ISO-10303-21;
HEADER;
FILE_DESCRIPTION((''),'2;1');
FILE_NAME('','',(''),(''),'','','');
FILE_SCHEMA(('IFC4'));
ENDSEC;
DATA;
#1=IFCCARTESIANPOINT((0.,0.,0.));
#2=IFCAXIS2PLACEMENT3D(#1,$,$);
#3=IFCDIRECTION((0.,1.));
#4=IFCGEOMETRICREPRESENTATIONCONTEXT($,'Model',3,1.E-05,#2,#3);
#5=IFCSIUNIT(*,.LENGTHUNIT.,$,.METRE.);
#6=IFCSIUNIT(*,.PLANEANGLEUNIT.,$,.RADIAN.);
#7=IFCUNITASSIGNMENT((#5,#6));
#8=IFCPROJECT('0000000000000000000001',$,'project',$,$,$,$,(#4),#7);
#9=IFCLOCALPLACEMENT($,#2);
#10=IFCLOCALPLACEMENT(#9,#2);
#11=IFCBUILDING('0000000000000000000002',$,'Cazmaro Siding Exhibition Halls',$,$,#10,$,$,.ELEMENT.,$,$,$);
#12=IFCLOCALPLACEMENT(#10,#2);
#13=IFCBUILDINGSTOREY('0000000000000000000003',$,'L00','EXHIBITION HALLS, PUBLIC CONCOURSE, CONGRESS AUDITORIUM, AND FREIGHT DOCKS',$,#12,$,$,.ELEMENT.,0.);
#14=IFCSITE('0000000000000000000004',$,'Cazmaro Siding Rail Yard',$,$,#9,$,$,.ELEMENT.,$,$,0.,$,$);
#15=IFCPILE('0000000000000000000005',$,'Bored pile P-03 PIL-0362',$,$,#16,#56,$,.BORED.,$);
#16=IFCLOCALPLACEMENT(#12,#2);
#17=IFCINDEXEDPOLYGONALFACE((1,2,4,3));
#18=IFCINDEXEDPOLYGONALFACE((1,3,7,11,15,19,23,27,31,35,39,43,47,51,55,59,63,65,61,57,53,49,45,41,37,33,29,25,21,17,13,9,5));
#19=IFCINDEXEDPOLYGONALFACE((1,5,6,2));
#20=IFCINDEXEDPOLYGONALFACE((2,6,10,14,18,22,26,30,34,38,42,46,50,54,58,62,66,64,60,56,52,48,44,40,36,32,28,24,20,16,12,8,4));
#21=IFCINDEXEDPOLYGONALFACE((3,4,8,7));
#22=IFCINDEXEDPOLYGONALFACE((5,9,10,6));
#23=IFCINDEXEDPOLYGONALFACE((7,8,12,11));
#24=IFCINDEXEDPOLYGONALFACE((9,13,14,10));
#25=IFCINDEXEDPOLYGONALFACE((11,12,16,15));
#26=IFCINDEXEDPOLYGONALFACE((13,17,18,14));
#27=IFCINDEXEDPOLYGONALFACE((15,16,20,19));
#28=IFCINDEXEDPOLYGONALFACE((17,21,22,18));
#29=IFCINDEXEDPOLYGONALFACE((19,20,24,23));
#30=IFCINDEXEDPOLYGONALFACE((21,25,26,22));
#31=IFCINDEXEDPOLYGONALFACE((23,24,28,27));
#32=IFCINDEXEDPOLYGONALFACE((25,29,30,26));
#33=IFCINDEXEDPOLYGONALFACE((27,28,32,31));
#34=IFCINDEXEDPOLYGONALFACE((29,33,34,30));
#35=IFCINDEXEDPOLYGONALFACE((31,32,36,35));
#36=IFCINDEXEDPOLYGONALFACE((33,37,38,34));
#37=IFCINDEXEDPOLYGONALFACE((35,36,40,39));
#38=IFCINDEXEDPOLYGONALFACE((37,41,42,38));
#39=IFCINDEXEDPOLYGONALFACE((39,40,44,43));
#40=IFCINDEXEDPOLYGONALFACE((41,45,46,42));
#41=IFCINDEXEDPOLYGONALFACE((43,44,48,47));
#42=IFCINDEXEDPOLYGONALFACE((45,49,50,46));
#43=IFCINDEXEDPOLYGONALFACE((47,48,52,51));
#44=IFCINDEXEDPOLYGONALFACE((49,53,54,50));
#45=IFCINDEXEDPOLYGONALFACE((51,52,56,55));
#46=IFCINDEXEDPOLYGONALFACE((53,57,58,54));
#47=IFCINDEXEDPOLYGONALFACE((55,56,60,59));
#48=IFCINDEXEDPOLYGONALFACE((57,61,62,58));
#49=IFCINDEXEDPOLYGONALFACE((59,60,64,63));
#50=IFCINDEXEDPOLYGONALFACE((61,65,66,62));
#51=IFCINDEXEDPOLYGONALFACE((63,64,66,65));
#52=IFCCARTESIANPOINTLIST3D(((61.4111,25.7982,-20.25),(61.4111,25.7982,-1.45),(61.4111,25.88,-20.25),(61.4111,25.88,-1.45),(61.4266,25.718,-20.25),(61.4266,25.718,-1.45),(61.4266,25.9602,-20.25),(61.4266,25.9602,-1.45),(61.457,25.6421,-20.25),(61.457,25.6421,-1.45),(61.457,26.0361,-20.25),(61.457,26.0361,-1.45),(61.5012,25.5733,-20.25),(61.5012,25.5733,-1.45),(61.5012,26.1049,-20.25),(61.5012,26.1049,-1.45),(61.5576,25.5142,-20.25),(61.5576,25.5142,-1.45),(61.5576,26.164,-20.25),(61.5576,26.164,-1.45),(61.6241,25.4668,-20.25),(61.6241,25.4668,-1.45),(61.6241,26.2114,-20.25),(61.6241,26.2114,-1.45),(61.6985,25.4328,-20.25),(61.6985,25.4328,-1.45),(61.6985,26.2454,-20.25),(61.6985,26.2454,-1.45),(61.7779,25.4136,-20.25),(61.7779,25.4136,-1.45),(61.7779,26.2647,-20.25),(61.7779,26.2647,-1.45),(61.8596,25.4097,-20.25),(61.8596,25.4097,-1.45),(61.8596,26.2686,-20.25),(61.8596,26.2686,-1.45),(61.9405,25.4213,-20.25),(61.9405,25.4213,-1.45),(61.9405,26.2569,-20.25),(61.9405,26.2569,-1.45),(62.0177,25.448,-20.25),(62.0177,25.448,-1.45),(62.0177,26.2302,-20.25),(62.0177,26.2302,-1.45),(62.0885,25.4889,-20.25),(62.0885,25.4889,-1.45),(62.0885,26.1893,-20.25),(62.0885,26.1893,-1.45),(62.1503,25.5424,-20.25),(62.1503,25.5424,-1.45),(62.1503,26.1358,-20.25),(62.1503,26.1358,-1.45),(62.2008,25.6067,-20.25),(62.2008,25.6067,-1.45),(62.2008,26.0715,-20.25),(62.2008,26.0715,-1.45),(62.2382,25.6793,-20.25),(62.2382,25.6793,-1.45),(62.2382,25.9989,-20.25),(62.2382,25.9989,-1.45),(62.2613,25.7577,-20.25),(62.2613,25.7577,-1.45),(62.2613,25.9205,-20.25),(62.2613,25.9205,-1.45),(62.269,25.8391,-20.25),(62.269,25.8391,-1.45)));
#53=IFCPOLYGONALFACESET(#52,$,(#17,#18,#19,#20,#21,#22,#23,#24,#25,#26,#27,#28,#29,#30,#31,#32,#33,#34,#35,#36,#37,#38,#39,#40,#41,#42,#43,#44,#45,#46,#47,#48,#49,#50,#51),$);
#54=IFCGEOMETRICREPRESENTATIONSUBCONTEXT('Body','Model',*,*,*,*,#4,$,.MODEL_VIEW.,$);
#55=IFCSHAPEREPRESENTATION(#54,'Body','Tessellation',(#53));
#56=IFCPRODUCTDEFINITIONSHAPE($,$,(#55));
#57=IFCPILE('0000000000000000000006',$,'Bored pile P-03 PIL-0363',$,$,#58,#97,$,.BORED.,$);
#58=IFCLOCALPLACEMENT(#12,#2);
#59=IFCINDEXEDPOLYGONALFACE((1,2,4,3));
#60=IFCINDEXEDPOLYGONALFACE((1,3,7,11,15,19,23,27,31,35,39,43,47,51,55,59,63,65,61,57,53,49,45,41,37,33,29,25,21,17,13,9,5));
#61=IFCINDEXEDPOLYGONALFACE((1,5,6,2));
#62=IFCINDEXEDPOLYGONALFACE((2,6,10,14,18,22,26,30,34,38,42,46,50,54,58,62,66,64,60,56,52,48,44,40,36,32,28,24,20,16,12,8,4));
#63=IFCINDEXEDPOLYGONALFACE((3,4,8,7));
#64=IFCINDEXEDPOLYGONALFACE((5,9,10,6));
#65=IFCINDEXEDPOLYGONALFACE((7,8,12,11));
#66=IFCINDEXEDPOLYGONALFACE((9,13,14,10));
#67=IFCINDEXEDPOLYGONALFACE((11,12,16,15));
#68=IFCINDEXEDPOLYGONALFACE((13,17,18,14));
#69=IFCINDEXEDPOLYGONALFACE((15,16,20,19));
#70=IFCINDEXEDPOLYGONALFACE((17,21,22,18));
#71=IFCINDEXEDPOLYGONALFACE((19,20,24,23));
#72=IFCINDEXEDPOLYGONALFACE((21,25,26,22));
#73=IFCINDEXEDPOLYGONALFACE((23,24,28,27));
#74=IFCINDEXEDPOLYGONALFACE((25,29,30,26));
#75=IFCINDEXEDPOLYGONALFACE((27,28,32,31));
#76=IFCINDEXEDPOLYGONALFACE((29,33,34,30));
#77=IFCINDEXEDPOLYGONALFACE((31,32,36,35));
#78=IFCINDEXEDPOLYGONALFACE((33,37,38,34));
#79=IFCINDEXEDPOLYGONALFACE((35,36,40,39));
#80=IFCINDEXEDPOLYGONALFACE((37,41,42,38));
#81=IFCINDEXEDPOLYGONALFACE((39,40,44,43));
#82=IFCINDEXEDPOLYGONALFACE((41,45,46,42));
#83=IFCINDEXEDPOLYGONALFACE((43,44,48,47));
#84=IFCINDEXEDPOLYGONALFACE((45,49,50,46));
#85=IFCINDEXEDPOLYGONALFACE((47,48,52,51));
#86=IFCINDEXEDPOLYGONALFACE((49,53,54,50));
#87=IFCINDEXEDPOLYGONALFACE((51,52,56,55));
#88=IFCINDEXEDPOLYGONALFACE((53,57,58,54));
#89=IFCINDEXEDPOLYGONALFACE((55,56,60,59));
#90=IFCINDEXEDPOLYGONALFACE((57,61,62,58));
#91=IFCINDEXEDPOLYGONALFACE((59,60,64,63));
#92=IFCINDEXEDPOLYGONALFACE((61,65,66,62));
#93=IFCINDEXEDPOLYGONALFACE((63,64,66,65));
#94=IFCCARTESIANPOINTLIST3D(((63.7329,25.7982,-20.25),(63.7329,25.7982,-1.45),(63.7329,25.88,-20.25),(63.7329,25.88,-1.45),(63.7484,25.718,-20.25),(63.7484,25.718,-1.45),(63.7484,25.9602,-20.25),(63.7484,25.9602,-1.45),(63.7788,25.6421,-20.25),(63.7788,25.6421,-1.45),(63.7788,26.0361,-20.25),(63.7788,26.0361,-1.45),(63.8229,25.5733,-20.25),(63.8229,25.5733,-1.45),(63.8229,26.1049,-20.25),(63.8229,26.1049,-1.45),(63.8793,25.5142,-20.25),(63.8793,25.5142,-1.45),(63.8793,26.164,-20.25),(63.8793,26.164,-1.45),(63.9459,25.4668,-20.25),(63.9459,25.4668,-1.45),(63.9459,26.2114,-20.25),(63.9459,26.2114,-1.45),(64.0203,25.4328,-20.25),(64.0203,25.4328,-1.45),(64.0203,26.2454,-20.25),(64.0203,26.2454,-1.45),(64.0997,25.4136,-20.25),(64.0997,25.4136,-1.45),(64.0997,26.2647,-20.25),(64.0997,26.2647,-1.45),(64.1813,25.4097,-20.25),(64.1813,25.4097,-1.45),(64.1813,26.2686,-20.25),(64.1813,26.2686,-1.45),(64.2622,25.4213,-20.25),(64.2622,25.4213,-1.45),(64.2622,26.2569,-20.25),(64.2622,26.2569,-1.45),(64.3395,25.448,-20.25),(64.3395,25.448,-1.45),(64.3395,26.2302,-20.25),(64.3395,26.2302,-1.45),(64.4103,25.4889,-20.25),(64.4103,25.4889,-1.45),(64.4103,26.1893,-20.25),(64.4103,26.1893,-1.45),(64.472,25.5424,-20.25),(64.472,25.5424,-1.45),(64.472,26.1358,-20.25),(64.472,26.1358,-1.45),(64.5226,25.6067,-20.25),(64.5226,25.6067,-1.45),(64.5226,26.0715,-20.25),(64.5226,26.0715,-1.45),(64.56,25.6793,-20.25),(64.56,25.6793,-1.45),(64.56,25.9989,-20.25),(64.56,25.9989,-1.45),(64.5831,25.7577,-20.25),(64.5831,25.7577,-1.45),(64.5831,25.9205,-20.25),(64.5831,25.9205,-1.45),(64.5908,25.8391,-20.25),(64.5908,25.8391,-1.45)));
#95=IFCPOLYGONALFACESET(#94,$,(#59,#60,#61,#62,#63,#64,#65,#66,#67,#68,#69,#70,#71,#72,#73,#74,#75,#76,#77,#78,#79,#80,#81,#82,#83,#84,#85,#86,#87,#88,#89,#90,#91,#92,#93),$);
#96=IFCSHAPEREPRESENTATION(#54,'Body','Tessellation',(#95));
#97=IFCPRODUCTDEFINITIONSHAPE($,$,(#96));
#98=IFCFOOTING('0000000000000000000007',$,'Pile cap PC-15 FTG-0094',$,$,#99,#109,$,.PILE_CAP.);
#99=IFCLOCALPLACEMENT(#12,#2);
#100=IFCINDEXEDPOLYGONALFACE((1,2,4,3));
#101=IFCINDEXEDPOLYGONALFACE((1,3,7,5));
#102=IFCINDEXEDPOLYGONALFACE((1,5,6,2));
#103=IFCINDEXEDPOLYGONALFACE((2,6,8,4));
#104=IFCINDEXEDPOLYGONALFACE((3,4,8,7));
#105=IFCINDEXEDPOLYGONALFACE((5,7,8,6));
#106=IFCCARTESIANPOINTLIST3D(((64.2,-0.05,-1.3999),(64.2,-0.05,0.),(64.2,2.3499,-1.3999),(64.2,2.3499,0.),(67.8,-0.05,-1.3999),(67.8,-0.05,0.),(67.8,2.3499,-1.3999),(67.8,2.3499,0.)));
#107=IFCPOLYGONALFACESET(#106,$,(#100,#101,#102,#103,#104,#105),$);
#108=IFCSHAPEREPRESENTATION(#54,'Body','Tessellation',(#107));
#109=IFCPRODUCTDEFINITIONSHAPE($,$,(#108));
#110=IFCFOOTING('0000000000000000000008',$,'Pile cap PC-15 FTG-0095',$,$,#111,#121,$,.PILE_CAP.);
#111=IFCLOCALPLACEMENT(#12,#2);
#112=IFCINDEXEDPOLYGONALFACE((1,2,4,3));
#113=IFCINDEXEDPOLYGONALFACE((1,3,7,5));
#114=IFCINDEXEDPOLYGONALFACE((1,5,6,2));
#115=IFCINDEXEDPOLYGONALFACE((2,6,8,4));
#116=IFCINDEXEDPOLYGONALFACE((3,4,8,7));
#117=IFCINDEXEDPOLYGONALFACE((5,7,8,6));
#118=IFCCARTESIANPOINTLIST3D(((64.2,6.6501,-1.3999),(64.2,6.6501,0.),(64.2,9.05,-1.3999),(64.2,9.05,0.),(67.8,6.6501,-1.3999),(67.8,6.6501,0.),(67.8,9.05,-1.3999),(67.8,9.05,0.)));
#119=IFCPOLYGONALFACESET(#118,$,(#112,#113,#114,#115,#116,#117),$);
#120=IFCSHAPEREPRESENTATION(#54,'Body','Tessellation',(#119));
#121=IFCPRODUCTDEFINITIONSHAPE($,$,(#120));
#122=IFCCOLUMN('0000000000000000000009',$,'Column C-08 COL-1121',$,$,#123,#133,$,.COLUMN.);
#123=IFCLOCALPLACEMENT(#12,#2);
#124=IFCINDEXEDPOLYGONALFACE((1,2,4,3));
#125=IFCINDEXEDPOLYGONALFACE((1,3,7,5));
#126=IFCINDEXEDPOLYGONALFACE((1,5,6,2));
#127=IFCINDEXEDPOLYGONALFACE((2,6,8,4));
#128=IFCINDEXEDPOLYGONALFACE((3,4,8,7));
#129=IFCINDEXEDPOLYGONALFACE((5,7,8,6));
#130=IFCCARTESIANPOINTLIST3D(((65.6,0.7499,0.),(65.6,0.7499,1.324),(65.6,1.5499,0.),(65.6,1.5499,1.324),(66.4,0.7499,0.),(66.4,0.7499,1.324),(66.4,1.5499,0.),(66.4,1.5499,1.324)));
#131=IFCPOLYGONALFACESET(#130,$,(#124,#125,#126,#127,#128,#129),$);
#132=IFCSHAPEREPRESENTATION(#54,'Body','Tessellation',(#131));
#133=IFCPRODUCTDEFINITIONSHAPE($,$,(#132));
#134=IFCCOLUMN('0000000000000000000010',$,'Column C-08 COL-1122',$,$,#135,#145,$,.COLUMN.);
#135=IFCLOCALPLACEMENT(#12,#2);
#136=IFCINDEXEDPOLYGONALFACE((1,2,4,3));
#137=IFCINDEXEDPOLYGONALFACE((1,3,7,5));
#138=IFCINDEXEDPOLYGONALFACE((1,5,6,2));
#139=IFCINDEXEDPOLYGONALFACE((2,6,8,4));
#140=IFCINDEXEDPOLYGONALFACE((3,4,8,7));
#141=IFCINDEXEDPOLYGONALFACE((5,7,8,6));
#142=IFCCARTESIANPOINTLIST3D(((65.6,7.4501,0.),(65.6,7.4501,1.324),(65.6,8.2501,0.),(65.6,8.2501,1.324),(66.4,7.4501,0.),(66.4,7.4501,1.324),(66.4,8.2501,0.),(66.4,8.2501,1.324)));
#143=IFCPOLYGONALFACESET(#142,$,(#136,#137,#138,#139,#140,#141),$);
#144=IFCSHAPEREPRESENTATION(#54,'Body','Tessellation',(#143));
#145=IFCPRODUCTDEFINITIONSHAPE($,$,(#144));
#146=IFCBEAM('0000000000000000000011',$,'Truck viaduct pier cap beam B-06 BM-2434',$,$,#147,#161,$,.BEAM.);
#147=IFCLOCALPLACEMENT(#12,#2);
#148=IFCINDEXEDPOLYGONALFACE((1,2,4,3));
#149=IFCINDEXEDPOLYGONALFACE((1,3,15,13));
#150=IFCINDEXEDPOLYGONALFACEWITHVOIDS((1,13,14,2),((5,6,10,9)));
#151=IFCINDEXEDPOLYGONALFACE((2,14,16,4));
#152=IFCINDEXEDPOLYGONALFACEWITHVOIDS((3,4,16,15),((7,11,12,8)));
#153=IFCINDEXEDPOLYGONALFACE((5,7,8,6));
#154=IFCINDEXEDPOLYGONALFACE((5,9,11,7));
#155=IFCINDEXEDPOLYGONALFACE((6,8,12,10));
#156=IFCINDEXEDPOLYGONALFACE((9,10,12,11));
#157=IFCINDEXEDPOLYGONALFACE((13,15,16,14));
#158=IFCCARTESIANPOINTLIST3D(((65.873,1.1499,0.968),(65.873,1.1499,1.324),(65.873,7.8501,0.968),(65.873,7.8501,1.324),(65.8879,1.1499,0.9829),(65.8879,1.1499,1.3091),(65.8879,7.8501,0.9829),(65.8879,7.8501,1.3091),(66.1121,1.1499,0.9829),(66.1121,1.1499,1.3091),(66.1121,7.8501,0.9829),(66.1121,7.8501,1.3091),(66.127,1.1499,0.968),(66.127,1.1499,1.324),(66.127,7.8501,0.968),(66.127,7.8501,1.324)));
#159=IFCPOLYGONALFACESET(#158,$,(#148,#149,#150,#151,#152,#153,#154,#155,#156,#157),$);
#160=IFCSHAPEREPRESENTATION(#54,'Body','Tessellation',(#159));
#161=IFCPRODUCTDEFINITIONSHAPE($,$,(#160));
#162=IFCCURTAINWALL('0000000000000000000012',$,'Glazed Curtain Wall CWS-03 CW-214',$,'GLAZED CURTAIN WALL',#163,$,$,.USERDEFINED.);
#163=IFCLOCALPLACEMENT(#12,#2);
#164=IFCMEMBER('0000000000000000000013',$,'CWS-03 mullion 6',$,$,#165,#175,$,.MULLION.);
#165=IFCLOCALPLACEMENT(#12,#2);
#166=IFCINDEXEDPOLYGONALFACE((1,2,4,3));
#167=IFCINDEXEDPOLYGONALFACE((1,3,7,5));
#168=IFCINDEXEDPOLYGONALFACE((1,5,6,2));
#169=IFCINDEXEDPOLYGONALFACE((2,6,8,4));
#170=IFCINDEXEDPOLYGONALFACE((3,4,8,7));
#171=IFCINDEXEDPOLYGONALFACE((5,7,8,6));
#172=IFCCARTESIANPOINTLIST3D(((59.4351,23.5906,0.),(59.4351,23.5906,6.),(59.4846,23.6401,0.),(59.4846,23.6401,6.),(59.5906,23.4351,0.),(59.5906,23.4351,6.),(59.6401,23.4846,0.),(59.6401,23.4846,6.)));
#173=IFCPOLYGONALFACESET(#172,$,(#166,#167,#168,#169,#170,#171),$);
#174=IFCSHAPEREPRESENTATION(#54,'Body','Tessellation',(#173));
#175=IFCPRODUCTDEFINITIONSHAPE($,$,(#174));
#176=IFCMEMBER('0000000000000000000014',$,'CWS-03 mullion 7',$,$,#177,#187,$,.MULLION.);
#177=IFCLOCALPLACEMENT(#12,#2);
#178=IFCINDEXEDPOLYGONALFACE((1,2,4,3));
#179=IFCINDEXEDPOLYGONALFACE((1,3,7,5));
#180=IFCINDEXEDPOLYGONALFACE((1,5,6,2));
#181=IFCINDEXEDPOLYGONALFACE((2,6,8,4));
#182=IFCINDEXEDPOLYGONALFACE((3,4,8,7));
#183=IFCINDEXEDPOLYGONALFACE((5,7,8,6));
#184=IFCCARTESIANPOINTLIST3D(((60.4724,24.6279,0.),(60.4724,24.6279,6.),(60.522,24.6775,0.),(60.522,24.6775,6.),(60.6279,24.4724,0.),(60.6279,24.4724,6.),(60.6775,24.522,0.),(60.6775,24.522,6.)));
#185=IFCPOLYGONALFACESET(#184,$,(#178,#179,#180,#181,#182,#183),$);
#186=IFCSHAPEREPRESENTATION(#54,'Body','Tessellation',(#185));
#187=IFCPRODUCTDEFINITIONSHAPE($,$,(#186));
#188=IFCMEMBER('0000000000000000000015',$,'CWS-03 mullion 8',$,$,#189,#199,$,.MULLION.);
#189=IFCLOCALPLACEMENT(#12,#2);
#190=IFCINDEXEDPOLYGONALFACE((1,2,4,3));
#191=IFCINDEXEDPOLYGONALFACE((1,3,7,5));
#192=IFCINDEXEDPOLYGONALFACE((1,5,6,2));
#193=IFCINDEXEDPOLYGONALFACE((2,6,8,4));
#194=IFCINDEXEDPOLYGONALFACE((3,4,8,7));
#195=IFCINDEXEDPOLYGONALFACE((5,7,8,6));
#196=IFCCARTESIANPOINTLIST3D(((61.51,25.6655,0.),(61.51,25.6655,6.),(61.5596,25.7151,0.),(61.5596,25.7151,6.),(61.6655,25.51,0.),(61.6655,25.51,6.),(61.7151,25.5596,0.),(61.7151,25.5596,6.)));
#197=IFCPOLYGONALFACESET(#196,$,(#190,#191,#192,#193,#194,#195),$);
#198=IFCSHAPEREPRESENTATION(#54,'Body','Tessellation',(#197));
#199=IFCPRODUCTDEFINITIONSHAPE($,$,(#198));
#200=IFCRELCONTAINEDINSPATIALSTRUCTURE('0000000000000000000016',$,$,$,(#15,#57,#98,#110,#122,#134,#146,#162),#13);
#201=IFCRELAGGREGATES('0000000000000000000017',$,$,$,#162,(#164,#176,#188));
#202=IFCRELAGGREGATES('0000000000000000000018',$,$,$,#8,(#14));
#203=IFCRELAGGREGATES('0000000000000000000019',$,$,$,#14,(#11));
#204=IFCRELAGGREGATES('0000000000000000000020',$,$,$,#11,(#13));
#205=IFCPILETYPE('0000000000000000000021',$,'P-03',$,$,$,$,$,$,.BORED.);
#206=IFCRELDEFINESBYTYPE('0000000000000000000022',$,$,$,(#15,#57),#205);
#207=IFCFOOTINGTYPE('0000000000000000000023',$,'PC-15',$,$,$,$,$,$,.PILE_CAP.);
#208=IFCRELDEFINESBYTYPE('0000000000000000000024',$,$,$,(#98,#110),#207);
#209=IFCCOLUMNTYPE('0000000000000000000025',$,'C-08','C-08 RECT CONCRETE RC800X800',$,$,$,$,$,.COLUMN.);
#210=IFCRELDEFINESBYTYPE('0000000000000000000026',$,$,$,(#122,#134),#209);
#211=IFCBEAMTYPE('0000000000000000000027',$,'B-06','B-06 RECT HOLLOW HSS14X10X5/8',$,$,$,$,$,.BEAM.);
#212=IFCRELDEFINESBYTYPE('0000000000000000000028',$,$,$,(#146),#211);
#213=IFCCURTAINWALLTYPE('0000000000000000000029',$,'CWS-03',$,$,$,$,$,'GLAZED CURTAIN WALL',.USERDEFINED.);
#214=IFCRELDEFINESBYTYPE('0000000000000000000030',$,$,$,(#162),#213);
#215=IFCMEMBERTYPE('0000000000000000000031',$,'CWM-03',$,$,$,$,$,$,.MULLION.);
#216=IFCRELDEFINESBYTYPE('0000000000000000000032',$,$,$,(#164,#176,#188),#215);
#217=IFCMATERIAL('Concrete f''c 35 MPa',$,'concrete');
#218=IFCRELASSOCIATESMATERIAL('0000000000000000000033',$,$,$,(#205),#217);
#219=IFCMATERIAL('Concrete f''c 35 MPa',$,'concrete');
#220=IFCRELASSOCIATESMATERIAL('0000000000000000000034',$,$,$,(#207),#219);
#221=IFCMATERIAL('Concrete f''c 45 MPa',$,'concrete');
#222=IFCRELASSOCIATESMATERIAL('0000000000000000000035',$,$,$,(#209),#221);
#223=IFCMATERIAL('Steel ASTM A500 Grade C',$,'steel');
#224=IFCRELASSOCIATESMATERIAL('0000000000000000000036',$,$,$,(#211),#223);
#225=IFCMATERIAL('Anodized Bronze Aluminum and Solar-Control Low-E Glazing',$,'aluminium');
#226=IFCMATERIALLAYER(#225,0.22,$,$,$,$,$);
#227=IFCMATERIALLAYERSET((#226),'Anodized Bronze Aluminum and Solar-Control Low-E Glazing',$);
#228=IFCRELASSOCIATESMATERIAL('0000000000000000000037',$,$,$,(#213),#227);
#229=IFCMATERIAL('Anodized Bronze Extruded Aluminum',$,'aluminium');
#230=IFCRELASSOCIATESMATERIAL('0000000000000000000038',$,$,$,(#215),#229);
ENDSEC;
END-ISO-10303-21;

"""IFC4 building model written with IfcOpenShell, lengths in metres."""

from ifc_helpers import new_model, si_unit, direction, frame, origin, origin_2d, place, context, subcontext, project, spatial, rectangle, hollow_rectangle, circle, extrude, material, layer, layer_set, material_profile, profile_set, type_object, element, aggregate, save


model = new_model("IFC4")

# Units and contexts
model_context = context("Model", 3, precision=1e-05, world=origin(), true_north=direction((0.0, 1.0)))
body_context = subcontext(model_context, "Body", "Model", "MODEL_VIEW")
ifc_project = project(units=[si_unit("LENGTHUNIT", "METRE"), si_unit("PLANEANGLEUNIT", "RADIAN")], contexts=[model_context])

# Site, building, storey
site_placement = place(None, origin())
site = spatial("IfcSite", under=ifc_project, at=site_placement, Name="Cazmaro Siding Rail Yard", CompositionType="ELEMENT", RefElevation=0.0)
building_placement = place(site_placement, origin())
building = spatial("IfcBuilding", under=site, at=building_placement, Name="Cazmaro Siding Exhibition Halls", CompositionType="ELEMENT")
storey_placement = place(building_placement, origin())
storey = spatial("IfcBuildingStorey", under=building, at=storey_placement, Name="L00", Description="EXHIBITION HALLS, PUBLIC CONCOURSE, CONGRESS AUDITORIUM, AND FREIGHT DOCKS", CompositionType="ELEMENT", Elevation=0.0)

# Piles
ifc_material_1 = material(Name="Concrete f'c 35 MPa", Category="concrete")
ifc_material_profile_1 = material_profile(ifc_material_1, circle(Radius=0.4299, at=origin_2d()), Name="CIDH-860")
ifc_profile_set_1 = profile_set([ifc_material_profile_1], Name="Concrete f'c 35 MPa")
pile_type_1 = type_object("IfcPileType", Name="P-03", PredefinedType="BORED", material=ifc_profile_set_1)
for number, where, z_axis, x_axis, name in (
    (1, (61.8391, 25.8391, -1.45), (0.0, 0.0, -1.0), (1.0, 0.0, 0.0), "Bored pile P-03 PIL-0362"),
    (2, (64.1609, 25.8391, -1.45), (0.0, 0.0, -1.0), (1.0, 0.0, 0.0), "Bored pile P-03 PIL-0363"),
):
    element("IfcPile", number, at=place(storey_placement, frame(where, z_axis=z_axis, x_axis=x_axis)), inside=storey, type_object=pile_type_1, Name=name, PredefinedType="BORED", context=body_context, shape_type="SweptSolid", body=[
        extrude(circle(Radius=0.4299, at=origin_2d()), origin(), (0.0, 0.0, 1.0), 18.8),
    ])

# Footings
ifc_material_2 = material(Name="Concrete f'c 35 MPa", Category="concrete")
footing_type = type_object("IfcFootingType", Name="PC-15", PredefinedType="PILE_CAP", material=ifc_material_2)
for number, where, z_axis, x_axis, name in (
    (3, (66.0, 1.1499, -1.3999), (0.0, 0.0, 1.0), (1.0, 0.0, 0.0), "Pile cap PC-15 FTG-0094"),
    (4, (66.0, 7.8501, -1.3999), (0.0, 0.0, 1.0), (1.0, 0.0, 0.0), "Pile cap PC-15 FTG-0095"),
):
    element("IfcFooting", number, at=place(storey_placement, frame(where, z_axis=z_axis, x_axis=x_axis)), inside=storey, type_object=footing_type, Name=name, PredefinedType="PILE_CAP", context=body_context, shape_type="SweptSolid", body=[
        extrude(rectangle(XDim=3.6001, YDim=2.3999, at=origin_2d()), origin(), (0.0, 0.0, 1.0), 1.3999),
    ])

# Columns
ifc_material_3 = material(Name="Concrete f'c 45 MPa", Category="concrete")
ifc_material_profile_2 = material_profile(ifc_material_3, rectangle(XDim=0.8, YDim=0.8, at=origin_2d()), Name="RC800X800")
ifc_profile_set_2 = profile_set([ifc_material_profile_2], Name="Concrete f'c 45 MPa")
column_type = type_object("IfcColumnType", Name="C-08", Description="C-08 RECT CONCRETE RC800X800", PredefinedType="COLUMN", material=ifc_profile_set_2)
for number, where, z_axis, x_axis, name in (
    (5, (66.0, 1.1499, 0.0), (0.0, 0.0, 1.0), (1.0, 0.0, 0.0), "Column C-08 COL-1121"),
    (6, (66.0, 7.8501, 0.0), (0.0, 0.0, 1.0), (1.0, 0.0, 0.0), "Column C-08 COL-1122"),
):
    element("IfcColumn", number, at=place(storey_placement, frame(where, z_axis=z_axis, x_axis=x_axis)), inside=storey, type_object=column_type, Name=name, PredefinedType="COLUMN", context=body_context, shape_type="SweptSolid", body=[
        extrude(rectangle(XDim=0.8, YDim=0.8, at=origin_2d()), origin(), (0.0, 0.0, 1.0), 1.324),
    ])

# Beam
ifc_material_4 = material(Name="Steel ASTM A500 Grade C", Category="steel")
ifc_material_profile_3 = material_profile(ifc_material_4, hollow_rectangle(XDim=0.2539, YDim=0.356, WallThickness=0.0149, at=origin_2d()), Name="HSS14X10X5/8")
ifc_profile_set_3 = profile_set([ifc_material_profile_3], Name="Steel ASTM A500 Grade C")
beam_type_1 = type_object("IfcBeamType", Name="B-06", Description="B-06 RECT HOLLOW HSS14X10X5/8", PredefinedType="BEAM", material=ifc_profile_set_3)
beam_placement = place(storey_placement, frame((66.0, 1.1499, 1.146), z_axis=(0.0, 1.0, 0.0), x_axis=(-1.0, 0.0, 0.0)))
element("IfcBeam", 7, at=beam_placement, inside=storey, type_object=beam_type_1, Name="Truck viaduct pier cap beam B-06 BM-2434", PredefinedType="BEAM", context=body_context, shape_type="SweptSolid", body=[
    extrude(hollow_rectangle(XDim=0.2539, YDim=0.356, WallThickness=0.0149, at=origin_2d()), origin(), (0.0, 0.0, 1.0), 6.7002),
])

# Curtain wall, members
ifc_material_5 = material(Name="Anodized Bronze Aluminum and Solar-Control Low-E Glazing", Category="aluminium")
ifc_layer_1 = layer(ifc_material_5, 0.22)
ifc_layer_set_1 = layer_set([ifc_layer_1], Name="Anodized Bronze Aluminum and Solar-Control Low-E Glazing")
curtain_wall_type = type_object("IfcCurtainWallType", Name="CWS-03", ElementType="GLAZED CURTAIN WALL", PredefinedType="USERDEFINED", material=ifc_layer_set_1)
curtain_wall_placement = place(storey_placement, origin())
curtain_wall = element("IfcCurtainWall", 8, at=curtain_wall_placement, inside=storey, type_object=curtain_wall_type, Name="Glazed Curtain Wall CWS-03 CW-214", ObjectType="GLAZED CURTAIN WALL", PredefinedType="USERDEFINED")
ifc_material_6 = material(Name="Anodized Bronze Extruded Aluminum", Category="aluminium")
ifc_material_profile_4 = material_profile(ifc_material_6, rectangle(XDim=0.22, YDim=0.0701, at=origin_2d()), Name="CWM-03")
ifc_profile_set_4 = profile_set([ifc_material_profile_4], Name="Anodized Bronze Extruded Aluminum")
member_type_1 = type_object("IfcMemberType", Name="CWM-03", PredefinedType="MULLION", material=ifc_profile_set_4)
member_1_placement = place(storey_placement, frame((59.5376, 23.5376, 0.0), z_axis=(0.0, 0.0, 1.0), x_axis=(-0.707107, 0.707107, 0.0)))
member_1 = element("IfcMember", 9, at=member_1_placement, type_object=member_type_1, Name="CWS-03 mullion 6", PredefinedType="MULLION", context=body_context, shape_type="SweptSolid", body=[
    extrude(rectangle(XDim=0.22, YDim=0.0701, at=origin_2d()), origin(), (0.0, 0.0, 1.0), 6.0),
])
member_2_placement = place(storey_placement, frame((60.575, 24.575, 0.0), z_axis=(0.0, 0.0, 1.0), x_axis=(-0.707107, 0.707107, 0.0)))
member_2 = element("IfcMember", 10, at=member_2_placement, type_object=member_type_1, Name="CWS-03 mullion 7", PredefinedType="MULLION", context=body_context, shape_type="SweptSolid", body=[
    extrude(rectangle(XDim=0.22, YDim=0.0701, at=origin_2d()), origin(), (0.0, 0.0, 1.0), 6.0),
])
member_3_placement = place(storey_placement, frame((61.6125, 25.6125, 0.0), z_axis=(0.0, 0.0, 1.0), x_axis=(-0.707107, 0.707107, 0.0)))
member_3 = element("IfcMember", 11, at=member_3_placement, type_object=member_type_1, Name="CWS-03 mullion 8", PredefinedType="MULLION", context=body_context, shape_type="SweptSolid", body=[
    extrude(rectangle(XDim=0.22, YDim=0.0701, at=origin_2d()), origin(), (0.0, 0.0, 1.0), 6.0),
])

aggregate(curtain_wall, [member_1, member_2, member_3])

save(model, "model.ifc")
